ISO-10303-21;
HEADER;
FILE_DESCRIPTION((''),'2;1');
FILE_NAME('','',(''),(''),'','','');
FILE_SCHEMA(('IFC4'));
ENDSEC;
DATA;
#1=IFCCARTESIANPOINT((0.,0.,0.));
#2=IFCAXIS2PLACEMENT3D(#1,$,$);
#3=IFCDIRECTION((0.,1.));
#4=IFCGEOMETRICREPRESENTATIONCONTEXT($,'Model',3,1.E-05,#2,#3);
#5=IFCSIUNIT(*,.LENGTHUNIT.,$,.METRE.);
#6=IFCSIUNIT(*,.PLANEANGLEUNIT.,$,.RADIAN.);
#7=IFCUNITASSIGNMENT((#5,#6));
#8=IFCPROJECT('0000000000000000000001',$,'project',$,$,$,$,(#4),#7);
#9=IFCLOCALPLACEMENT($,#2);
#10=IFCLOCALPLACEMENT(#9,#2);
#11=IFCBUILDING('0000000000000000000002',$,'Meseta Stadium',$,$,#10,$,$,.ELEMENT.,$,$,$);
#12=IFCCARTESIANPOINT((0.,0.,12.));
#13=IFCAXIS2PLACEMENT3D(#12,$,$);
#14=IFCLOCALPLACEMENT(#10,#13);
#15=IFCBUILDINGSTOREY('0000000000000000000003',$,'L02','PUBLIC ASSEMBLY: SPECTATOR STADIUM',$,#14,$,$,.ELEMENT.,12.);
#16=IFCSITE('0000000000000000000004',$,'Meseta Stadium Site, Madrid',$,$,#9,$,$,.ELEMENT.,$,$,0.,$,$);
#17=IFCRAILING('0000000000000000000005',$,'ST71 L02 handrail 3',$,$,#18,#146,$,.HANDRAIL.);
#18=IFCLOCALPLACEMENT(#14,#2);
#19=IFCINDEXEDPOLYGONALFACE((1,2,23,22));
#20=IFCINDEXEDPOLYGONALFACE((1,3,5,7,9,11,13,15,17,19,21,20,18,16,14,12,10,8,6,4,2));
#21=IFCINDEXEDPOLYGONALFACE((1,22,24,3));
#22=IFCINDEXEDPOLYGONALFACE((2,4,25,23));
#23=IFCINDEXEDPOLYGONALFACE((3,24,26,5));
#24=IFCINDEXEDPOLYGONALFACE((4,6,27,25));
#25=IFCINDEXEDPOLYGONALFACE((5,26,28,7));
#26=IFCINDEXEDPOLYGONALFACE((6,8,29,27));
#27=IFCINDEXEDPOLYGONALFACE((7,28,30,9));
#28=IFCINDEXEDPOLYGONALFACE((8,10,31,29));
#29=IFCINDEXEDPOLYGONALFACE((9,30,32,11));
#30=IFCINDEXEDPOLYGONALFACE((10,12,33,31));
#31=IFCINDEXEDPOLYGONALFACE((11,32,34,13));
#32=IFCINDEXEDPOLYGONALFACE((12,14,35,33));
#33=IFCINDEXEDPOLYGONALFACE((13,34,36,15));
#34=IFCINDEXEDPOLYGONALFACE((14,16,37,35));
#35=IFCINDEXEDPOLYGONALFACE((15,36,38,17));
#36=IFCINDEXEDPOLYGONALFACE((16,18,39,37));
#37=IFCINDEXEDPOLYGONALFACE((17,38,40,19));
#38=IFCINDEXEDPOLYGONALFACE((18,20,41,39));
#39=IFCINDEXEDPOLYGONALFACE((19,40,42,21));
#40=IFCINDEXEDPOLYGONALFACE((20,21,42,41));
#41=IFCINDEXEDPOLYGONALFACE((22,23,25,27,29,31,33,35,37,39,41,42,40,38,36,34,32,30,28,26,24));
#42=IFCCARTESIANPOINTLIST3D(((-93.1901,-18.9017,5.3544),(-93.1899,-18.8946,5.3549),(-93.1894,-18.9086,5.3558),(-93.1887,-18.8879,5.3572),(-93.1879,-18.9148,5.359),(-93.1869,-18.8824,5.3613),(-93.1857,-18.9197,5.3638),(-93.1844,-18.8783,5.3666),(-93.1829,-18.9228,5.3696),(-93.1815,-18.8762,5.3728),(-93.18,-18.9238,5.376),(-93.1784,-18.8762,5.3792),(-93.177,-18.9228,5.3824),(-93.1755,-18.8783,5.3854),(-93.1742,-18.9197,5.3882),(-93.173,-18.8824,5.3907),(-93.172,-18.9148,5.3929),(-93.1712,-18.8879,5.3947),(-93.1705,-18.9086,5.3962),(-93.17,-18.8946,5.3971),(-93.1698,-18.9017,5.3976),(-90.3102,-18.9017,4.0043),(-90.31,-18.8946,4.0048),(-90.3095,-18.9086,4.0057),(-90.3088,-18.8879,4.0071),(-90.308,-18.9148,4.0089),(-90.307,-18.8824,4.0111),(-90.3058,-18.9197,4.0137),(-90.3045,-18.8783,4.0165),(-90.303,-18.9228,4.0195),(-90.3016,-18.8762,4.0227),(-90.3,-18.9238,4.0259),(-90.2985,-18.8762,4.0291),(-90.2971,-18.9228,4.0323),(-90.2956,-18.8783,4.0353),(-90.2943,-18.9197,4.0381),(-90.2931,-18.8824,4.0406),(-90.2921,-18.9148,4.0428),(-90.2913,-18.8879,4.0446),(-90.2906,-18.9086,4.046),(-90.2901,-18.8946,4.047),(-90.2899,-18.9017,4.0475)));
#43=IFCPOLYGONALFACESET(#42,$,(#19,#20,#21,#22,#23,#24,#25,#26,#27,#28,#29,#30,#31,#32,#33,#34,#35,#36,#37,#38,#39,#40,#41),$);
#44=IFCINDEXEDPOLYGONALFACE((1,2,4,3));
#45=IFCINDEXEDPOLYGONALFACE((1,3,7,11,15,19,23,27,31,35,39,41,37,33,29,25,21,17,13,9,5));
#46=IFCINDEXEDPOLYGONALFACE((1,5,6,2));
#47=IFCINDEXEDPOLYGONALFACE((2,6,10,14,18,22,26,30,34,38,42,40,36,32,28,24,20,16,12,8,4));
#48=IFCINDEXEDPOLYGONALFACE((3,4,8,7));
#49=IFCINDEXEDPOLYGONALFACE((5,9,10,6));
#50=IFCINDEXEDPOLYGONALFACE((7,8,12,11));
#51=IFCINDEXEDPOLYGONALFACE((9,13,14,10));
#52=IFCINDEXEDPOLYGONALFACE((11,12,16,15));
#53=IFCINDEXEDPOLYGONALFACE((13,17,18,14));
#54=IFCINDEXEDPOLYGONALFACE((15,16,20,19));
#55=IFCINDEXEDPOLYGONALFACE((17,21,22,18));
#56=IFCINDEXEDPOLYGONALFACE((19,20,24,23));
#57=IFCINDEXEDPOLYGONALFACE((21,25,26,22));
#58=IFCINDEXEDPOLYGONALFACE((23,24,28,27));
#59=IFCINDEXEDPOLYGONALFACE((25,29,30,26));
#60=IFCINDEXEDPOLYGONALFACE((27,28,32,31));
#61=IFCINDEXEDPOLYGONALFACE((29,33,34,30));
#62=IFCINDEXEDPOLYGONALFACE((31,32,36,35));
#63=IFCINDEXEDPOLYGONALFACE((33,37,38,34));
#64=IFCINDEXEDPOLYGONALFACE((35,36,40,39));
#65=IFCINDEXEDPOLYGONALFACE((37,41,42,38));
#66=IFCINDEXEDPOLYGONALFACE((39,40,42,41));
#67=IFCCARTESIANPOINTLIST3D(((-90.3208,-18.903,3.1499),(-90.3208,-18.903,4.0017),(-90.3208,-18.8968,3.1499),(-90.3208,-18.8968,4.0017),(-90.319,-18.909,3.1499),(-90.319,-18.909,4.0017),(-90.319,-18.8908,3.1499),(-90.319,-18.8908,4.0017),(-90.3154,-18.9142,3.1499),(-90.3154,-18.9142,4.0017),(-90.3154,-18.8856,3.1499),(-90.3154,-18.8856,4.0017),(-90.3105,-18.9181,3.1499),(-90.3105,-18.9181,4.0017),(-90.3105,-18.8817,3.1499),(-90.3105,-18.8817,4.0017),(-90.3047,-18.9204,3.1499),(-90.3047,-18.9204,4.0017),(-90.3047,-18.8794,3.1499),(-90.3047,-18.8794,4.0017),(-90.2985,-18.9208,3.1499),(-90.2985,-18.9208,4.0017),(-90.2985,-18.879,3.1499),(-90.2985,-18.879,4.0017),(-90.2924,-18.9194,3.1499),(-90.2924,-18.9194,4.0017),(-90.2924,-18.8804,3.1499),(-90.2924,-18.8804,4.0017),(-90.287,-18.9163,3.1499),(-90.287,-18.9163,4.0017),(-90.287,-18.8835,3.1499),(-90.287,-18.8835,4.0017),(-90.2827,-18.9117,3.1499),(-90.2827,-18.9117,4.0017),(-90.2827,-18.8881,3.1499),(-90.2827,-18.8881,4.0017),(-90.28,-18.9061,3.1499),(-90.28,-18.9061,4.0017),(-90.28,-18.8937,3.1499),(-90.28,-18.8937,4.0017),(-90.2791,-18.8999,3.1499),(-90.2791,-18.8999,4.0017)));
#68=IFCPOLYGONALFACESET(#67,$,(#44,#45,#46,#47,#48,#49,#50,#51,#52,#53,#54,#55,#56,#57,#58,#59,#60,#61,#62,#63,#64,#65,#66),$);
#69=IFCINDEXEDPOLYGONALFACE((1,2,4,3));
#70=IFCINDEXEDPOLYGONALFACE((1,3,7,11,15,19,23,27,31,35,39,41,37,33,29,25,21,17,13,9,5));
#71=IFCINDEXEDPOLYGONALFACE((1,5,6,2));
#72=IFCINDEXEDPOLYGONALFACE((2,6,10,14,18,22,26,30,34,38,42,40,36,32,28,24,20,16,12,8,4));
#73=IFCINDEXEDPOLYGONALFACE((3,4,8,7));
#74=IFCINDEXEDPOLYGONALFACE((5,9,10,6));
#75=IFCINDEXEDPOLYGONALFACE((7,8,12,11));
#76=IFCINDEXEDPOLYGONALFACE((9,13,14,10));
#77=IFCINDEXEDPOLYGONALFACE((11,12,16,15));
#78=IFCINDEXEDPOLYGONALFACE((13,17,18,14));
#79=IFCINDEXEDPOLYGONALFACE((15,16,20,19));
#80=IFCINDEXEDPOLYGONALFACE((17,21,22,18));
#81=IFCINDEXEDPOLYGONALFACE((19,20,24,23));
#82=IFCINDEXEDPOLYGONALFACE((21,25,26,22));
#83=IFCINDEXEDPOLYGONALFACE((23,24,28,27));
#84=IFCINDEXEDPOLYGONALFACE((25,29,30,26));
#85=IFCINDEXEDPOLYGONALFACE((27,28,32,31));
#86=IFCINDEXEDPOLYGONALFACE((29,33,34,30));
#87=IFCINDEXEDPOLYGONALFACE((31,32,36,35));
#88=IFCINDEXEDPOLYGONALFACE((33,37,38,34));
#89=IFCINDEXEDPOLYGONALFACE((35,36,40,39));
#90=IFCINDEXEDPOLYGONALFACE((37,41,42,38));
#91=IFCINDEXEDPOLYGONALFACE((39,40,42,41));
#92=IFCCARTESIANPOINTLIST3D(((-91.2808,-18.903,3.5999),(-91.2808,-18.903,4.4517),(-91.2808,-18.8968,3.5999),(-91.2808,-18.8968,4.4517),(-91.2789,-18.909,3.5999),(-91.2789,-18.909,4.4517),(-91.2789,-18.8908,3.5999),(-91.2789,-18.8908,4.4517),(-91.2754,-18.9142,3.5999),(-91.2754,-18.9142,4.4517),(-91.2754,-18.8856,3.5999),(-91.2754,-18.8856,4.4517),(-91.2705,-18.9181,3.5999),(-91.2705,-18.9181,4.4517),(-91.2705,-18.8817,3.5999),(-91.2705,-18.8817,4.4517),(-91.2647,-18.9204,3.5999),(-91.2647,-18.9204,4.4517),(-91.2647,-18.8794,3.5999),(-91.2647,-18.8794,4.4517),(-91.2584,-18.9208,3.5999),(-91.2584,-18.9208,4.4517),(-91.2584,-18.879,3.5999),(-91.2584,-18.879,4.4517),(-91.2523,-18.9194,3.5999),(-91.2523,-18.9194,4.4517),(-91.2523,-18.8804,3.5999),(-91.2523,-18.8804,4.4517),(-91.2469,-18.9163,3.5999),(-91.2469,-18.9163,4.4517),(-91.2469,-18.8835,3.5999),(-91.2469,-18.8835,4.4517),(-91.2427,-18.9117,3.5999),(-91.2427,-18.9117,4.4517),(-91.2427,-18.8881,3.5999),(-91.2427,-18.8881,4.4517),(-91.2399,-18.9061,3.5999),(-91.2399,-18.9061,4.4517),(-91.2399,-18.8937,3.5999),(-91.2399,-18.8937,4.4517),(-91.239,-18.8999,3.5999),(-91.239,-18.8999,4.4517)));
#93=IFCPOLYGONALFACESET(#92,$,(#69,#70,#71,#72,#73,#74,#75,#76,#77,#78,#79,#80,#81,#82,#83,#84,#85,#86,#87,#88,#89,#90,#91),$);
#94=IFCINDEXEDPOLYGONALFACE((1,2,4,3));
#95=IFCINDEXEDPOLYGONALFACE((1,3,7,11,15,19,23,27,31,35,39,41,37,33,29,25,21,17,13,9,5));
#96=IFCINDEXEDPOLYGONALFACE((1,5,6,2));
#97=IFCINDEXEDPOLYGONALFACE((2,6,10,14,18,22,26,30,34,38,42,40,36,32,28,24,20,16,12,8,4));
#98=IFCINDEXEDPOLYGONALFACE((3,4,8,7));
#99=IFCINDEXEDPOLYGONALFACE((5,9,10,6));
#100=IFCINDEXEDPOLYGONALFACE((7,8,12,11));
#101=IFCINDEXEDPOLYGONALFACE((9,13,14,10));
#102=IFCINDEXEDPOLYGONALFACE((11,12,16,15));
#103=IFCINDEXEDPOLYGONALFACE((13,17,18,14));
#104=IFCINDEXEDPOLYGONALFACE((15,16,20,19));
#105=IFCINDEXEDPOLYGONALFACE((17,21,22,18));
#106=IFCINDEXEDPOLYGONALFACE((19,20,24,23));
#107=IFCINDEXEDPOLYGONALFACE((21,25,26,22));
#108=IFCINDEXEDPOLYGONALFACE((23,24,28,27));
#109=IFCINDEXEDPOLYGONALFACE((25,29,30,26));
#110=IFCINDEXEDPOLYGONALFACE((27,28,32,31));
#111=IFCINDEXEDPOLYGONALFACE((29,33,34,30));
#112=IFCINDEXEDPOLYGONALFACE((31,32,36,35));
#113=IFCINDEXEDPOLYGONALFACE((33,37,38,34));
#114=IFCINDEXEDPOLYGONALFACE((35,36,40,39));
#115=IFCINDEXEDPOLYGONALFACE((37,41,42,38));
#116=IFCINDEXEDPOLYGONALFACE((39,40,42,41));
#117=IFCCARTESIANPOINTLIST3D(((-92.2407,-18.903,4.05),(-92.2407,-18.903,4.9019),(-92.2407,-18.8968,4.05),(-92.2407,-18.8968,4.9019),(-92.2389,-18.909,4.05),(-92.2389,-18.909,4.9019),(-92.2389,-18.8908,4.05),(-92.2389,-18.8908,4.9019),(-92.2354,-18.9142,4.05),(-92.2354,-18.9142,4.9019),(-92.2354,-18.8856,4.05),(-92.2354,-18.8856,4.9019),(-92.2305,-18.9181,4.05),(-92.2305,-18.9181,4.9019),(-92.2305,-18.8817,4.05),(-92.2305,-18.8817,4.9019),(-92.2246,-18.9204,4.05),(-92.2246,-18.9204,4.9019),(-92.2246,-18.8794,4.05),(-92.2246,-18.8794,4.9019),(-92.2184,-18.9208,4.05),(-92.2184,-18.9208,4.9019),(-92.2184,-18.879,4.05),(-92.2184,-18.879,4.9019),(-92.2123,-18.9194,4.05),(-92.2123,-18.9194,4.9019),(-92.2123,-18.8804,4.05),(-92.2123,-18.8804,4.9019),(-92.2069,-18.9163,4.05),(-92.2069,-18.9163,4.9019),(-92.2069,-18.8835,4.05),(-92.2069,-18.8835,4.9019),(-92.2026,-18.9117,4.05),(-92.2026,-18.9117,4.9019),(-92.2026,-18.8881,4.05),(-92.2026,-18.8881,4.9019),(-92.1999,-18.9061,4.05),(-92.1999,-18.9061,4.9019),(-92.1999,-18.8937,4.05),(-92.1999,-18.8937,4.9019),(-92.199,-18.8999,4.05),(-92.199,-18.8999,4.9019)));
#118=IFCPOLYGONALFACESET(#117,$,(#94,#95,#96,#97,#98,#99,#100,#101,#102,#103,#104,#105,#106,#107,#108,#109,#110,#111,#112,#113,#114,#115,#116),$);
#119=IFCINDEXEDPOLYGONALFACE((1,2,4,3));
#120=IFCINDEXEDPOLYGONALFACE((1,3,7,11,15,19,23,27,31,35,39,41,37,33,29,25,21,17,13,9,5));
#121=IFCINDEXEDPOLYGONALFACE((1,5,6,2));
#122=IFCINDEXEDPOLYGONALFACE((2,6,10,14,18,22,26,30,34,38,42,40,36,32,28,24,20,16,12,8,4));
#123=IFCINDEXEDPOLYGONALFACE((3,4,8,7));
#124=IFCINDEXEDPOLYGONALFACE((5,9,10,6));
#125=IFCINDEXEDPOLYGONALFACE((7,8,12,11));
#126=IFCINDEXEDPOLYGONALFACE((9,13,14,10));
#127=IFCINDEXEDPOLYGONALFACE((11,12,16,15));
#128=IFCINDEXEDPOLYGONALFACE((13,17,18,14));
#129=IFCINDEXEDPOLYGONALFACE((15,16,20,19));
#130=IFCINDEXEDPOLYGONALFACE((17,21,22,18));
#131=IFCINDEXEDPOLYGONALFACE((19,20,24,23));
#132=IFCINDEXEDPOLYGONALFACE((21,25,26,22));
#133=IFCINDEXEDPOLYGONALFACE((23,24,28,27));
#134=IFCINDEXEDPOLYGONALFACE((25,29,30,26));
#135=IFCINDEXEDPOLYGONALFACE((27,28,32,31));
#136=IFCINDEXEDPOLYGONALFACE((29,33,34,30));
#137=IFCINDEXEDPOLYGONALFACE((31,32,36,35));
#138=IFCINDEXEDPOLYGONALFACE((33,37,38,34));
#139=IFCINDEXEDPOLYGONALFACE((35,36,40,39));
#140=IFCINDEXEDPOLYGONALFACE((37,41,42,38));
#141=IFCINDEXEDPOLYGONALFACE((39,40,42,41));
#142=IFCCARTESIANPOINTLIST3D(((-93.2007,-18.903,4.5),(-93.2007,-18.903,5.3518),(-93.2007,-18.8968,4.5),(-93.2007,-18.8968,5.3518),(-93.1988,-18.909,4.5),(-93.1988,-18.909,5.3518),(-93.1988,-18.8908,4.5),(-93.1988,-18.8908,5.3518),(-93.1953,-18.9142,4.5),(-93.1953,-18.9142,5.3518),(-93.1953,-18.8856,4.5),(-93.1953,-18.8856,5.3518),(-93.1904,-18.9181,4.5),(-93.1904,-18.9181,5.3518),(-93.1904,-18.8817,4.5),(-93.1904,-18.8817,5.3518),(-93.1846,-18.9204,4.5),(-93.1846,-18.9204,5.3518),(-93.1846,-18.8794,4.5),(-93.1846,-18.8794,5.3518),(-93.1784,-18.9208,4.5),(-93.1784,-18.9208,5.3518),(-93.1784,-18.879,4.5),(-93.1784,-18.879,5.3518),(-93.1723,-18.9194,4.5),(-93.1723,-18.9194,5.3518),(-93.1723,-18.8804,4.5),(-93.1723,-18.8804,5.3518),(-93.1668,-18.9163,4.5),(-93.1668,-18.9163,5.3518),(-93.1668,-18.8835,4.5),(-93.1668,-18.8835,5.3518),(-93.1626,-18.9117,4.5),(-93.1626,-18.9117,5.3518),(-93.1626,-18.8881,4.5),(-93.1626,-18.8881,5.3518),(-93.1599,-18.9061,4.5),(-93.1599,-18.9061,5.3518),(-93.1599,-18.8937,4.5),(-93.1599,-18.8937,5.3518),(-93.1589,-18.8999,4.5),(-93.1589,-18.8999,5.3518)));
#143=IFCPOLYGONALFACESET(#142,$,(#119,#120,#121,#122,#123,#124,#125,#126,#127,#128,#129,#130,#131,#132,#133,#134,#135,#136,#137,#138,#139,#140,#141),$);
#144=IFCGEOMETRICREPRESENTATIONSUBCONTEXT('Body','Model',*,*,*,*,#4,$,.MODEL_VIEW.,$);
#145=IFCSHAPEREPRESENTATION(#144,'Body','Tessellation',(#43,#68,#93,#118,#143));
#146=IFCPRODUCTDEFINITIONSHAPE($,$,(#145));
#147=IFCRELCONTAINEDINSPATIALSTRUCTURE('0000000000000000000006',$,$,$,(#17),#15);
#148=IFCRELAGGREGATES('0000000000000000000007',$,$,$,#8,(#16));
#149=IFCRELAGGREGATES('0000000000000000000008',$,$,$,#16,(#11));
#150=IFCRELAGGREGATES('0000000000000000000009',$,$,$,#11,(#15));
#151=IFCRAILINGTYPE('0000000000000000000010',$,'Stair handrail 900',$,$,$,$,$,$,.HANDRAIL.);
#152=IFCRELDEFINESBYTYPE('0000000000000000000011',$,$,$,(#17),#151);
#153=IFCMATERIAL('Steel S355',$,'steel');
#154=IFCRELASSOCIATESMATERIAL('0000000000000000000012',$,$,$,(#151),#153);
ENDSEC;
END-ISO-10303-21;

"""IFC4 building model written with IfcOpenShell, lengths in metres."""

from ifc_helpers import new_model, si_unit, direction, frame, origin, origin_2d, place, context, subcontext, project, spatial, circle, extrude, material, type_object, element, save


model = new_model("IFC4")

# Units and contexts
model_context = context("Model", 3, precision=1e-05, world=origin(), true_north=direction((0.0, 1.0)))
body_context = subcontext(model_context, "Body", "Model", "MODEL_VIEW")
ifc_project = project(units=[si_unit("LENGTHUNIT", "METRE"), si_unit("PLANEANGLEUNIT", "RADIAN")], contexts=[model_context])

# Site, building, storey
site_placement = place(None, origin())
site = spatial("IfcSite", under=ifc_project, at=site_placement, Name="Meseta Stadium Site, Madrid", CompositionType="ELEMENT", RefElevation=0.0)
building_placement = place(site_placement, origin())
building = spatial("IfcBuilding", under=site, at=building_placement, Name="Meseta Stadium", CompositionType="ELEMENT")
storey_placement = place(building_placement, frame((0.0, 0.0, 12.0)))
storey = spatial("IfcBuildingStorey", under=building, at=storey_placement, Name="L02", Description="PUBLIC ASSEMBLY: SPECTATOR STADIUM", CompositionType="ELEMENT", Elevation=12.0)

# Railing
ifc_material_1 = material(Name="Steel S355", Category="steel")
railing_type_1 = type_object("IfcRailingType", Name="Stair handrail 900", PredefinedType="HANDRAIL", material=ifc_material_1)
for number, where, name in (
    (1, (-90.3, -18.8999, 3.1499), "ST71 L02 handrail 3"),
):
    element("IfcRailing", number, at=place(storey_placement, frame(where)), inside=storey, type_object=railing_type_1, Name=name, PredefinedType="HANDRAIL", context=body_context, shape_type="SweptSolid", body=[
        extrude(circle(Radius=0.0239, at=origin_2d()), frame((0.0, 0.0, 0.876), z_axis=(-0.90544, 0.0, 0.424473), x_axis=(0.0, -1.0, 0.0)), (0.0, 0.0, 1.0), 3.1807),
        extrude(circle(Radius=0.021, at=origin_2d()), origin(), (0.0, 0.0, 1.0), 0.8518),
        extrude(circle(Radius=0.021, at=origin_2d()), frame((-0.96, 0.0, 0.45)), (0.0, 0.0, 1.0), 0.8518),
        extrude(circle(Radius=0.021, at=origin_2d()), frame((-1.9199, 0.0, 0.9001)), (0.0, 0.0, 1.0), 0.8518),
        extrude(circle(Radius=0.021, at=origin_2d()), frame((-2.8799, 0.0, 1.3501)), (0.0, 0.0, 1.0), 0.8518),
    ])

save(model, "model.ifc")
